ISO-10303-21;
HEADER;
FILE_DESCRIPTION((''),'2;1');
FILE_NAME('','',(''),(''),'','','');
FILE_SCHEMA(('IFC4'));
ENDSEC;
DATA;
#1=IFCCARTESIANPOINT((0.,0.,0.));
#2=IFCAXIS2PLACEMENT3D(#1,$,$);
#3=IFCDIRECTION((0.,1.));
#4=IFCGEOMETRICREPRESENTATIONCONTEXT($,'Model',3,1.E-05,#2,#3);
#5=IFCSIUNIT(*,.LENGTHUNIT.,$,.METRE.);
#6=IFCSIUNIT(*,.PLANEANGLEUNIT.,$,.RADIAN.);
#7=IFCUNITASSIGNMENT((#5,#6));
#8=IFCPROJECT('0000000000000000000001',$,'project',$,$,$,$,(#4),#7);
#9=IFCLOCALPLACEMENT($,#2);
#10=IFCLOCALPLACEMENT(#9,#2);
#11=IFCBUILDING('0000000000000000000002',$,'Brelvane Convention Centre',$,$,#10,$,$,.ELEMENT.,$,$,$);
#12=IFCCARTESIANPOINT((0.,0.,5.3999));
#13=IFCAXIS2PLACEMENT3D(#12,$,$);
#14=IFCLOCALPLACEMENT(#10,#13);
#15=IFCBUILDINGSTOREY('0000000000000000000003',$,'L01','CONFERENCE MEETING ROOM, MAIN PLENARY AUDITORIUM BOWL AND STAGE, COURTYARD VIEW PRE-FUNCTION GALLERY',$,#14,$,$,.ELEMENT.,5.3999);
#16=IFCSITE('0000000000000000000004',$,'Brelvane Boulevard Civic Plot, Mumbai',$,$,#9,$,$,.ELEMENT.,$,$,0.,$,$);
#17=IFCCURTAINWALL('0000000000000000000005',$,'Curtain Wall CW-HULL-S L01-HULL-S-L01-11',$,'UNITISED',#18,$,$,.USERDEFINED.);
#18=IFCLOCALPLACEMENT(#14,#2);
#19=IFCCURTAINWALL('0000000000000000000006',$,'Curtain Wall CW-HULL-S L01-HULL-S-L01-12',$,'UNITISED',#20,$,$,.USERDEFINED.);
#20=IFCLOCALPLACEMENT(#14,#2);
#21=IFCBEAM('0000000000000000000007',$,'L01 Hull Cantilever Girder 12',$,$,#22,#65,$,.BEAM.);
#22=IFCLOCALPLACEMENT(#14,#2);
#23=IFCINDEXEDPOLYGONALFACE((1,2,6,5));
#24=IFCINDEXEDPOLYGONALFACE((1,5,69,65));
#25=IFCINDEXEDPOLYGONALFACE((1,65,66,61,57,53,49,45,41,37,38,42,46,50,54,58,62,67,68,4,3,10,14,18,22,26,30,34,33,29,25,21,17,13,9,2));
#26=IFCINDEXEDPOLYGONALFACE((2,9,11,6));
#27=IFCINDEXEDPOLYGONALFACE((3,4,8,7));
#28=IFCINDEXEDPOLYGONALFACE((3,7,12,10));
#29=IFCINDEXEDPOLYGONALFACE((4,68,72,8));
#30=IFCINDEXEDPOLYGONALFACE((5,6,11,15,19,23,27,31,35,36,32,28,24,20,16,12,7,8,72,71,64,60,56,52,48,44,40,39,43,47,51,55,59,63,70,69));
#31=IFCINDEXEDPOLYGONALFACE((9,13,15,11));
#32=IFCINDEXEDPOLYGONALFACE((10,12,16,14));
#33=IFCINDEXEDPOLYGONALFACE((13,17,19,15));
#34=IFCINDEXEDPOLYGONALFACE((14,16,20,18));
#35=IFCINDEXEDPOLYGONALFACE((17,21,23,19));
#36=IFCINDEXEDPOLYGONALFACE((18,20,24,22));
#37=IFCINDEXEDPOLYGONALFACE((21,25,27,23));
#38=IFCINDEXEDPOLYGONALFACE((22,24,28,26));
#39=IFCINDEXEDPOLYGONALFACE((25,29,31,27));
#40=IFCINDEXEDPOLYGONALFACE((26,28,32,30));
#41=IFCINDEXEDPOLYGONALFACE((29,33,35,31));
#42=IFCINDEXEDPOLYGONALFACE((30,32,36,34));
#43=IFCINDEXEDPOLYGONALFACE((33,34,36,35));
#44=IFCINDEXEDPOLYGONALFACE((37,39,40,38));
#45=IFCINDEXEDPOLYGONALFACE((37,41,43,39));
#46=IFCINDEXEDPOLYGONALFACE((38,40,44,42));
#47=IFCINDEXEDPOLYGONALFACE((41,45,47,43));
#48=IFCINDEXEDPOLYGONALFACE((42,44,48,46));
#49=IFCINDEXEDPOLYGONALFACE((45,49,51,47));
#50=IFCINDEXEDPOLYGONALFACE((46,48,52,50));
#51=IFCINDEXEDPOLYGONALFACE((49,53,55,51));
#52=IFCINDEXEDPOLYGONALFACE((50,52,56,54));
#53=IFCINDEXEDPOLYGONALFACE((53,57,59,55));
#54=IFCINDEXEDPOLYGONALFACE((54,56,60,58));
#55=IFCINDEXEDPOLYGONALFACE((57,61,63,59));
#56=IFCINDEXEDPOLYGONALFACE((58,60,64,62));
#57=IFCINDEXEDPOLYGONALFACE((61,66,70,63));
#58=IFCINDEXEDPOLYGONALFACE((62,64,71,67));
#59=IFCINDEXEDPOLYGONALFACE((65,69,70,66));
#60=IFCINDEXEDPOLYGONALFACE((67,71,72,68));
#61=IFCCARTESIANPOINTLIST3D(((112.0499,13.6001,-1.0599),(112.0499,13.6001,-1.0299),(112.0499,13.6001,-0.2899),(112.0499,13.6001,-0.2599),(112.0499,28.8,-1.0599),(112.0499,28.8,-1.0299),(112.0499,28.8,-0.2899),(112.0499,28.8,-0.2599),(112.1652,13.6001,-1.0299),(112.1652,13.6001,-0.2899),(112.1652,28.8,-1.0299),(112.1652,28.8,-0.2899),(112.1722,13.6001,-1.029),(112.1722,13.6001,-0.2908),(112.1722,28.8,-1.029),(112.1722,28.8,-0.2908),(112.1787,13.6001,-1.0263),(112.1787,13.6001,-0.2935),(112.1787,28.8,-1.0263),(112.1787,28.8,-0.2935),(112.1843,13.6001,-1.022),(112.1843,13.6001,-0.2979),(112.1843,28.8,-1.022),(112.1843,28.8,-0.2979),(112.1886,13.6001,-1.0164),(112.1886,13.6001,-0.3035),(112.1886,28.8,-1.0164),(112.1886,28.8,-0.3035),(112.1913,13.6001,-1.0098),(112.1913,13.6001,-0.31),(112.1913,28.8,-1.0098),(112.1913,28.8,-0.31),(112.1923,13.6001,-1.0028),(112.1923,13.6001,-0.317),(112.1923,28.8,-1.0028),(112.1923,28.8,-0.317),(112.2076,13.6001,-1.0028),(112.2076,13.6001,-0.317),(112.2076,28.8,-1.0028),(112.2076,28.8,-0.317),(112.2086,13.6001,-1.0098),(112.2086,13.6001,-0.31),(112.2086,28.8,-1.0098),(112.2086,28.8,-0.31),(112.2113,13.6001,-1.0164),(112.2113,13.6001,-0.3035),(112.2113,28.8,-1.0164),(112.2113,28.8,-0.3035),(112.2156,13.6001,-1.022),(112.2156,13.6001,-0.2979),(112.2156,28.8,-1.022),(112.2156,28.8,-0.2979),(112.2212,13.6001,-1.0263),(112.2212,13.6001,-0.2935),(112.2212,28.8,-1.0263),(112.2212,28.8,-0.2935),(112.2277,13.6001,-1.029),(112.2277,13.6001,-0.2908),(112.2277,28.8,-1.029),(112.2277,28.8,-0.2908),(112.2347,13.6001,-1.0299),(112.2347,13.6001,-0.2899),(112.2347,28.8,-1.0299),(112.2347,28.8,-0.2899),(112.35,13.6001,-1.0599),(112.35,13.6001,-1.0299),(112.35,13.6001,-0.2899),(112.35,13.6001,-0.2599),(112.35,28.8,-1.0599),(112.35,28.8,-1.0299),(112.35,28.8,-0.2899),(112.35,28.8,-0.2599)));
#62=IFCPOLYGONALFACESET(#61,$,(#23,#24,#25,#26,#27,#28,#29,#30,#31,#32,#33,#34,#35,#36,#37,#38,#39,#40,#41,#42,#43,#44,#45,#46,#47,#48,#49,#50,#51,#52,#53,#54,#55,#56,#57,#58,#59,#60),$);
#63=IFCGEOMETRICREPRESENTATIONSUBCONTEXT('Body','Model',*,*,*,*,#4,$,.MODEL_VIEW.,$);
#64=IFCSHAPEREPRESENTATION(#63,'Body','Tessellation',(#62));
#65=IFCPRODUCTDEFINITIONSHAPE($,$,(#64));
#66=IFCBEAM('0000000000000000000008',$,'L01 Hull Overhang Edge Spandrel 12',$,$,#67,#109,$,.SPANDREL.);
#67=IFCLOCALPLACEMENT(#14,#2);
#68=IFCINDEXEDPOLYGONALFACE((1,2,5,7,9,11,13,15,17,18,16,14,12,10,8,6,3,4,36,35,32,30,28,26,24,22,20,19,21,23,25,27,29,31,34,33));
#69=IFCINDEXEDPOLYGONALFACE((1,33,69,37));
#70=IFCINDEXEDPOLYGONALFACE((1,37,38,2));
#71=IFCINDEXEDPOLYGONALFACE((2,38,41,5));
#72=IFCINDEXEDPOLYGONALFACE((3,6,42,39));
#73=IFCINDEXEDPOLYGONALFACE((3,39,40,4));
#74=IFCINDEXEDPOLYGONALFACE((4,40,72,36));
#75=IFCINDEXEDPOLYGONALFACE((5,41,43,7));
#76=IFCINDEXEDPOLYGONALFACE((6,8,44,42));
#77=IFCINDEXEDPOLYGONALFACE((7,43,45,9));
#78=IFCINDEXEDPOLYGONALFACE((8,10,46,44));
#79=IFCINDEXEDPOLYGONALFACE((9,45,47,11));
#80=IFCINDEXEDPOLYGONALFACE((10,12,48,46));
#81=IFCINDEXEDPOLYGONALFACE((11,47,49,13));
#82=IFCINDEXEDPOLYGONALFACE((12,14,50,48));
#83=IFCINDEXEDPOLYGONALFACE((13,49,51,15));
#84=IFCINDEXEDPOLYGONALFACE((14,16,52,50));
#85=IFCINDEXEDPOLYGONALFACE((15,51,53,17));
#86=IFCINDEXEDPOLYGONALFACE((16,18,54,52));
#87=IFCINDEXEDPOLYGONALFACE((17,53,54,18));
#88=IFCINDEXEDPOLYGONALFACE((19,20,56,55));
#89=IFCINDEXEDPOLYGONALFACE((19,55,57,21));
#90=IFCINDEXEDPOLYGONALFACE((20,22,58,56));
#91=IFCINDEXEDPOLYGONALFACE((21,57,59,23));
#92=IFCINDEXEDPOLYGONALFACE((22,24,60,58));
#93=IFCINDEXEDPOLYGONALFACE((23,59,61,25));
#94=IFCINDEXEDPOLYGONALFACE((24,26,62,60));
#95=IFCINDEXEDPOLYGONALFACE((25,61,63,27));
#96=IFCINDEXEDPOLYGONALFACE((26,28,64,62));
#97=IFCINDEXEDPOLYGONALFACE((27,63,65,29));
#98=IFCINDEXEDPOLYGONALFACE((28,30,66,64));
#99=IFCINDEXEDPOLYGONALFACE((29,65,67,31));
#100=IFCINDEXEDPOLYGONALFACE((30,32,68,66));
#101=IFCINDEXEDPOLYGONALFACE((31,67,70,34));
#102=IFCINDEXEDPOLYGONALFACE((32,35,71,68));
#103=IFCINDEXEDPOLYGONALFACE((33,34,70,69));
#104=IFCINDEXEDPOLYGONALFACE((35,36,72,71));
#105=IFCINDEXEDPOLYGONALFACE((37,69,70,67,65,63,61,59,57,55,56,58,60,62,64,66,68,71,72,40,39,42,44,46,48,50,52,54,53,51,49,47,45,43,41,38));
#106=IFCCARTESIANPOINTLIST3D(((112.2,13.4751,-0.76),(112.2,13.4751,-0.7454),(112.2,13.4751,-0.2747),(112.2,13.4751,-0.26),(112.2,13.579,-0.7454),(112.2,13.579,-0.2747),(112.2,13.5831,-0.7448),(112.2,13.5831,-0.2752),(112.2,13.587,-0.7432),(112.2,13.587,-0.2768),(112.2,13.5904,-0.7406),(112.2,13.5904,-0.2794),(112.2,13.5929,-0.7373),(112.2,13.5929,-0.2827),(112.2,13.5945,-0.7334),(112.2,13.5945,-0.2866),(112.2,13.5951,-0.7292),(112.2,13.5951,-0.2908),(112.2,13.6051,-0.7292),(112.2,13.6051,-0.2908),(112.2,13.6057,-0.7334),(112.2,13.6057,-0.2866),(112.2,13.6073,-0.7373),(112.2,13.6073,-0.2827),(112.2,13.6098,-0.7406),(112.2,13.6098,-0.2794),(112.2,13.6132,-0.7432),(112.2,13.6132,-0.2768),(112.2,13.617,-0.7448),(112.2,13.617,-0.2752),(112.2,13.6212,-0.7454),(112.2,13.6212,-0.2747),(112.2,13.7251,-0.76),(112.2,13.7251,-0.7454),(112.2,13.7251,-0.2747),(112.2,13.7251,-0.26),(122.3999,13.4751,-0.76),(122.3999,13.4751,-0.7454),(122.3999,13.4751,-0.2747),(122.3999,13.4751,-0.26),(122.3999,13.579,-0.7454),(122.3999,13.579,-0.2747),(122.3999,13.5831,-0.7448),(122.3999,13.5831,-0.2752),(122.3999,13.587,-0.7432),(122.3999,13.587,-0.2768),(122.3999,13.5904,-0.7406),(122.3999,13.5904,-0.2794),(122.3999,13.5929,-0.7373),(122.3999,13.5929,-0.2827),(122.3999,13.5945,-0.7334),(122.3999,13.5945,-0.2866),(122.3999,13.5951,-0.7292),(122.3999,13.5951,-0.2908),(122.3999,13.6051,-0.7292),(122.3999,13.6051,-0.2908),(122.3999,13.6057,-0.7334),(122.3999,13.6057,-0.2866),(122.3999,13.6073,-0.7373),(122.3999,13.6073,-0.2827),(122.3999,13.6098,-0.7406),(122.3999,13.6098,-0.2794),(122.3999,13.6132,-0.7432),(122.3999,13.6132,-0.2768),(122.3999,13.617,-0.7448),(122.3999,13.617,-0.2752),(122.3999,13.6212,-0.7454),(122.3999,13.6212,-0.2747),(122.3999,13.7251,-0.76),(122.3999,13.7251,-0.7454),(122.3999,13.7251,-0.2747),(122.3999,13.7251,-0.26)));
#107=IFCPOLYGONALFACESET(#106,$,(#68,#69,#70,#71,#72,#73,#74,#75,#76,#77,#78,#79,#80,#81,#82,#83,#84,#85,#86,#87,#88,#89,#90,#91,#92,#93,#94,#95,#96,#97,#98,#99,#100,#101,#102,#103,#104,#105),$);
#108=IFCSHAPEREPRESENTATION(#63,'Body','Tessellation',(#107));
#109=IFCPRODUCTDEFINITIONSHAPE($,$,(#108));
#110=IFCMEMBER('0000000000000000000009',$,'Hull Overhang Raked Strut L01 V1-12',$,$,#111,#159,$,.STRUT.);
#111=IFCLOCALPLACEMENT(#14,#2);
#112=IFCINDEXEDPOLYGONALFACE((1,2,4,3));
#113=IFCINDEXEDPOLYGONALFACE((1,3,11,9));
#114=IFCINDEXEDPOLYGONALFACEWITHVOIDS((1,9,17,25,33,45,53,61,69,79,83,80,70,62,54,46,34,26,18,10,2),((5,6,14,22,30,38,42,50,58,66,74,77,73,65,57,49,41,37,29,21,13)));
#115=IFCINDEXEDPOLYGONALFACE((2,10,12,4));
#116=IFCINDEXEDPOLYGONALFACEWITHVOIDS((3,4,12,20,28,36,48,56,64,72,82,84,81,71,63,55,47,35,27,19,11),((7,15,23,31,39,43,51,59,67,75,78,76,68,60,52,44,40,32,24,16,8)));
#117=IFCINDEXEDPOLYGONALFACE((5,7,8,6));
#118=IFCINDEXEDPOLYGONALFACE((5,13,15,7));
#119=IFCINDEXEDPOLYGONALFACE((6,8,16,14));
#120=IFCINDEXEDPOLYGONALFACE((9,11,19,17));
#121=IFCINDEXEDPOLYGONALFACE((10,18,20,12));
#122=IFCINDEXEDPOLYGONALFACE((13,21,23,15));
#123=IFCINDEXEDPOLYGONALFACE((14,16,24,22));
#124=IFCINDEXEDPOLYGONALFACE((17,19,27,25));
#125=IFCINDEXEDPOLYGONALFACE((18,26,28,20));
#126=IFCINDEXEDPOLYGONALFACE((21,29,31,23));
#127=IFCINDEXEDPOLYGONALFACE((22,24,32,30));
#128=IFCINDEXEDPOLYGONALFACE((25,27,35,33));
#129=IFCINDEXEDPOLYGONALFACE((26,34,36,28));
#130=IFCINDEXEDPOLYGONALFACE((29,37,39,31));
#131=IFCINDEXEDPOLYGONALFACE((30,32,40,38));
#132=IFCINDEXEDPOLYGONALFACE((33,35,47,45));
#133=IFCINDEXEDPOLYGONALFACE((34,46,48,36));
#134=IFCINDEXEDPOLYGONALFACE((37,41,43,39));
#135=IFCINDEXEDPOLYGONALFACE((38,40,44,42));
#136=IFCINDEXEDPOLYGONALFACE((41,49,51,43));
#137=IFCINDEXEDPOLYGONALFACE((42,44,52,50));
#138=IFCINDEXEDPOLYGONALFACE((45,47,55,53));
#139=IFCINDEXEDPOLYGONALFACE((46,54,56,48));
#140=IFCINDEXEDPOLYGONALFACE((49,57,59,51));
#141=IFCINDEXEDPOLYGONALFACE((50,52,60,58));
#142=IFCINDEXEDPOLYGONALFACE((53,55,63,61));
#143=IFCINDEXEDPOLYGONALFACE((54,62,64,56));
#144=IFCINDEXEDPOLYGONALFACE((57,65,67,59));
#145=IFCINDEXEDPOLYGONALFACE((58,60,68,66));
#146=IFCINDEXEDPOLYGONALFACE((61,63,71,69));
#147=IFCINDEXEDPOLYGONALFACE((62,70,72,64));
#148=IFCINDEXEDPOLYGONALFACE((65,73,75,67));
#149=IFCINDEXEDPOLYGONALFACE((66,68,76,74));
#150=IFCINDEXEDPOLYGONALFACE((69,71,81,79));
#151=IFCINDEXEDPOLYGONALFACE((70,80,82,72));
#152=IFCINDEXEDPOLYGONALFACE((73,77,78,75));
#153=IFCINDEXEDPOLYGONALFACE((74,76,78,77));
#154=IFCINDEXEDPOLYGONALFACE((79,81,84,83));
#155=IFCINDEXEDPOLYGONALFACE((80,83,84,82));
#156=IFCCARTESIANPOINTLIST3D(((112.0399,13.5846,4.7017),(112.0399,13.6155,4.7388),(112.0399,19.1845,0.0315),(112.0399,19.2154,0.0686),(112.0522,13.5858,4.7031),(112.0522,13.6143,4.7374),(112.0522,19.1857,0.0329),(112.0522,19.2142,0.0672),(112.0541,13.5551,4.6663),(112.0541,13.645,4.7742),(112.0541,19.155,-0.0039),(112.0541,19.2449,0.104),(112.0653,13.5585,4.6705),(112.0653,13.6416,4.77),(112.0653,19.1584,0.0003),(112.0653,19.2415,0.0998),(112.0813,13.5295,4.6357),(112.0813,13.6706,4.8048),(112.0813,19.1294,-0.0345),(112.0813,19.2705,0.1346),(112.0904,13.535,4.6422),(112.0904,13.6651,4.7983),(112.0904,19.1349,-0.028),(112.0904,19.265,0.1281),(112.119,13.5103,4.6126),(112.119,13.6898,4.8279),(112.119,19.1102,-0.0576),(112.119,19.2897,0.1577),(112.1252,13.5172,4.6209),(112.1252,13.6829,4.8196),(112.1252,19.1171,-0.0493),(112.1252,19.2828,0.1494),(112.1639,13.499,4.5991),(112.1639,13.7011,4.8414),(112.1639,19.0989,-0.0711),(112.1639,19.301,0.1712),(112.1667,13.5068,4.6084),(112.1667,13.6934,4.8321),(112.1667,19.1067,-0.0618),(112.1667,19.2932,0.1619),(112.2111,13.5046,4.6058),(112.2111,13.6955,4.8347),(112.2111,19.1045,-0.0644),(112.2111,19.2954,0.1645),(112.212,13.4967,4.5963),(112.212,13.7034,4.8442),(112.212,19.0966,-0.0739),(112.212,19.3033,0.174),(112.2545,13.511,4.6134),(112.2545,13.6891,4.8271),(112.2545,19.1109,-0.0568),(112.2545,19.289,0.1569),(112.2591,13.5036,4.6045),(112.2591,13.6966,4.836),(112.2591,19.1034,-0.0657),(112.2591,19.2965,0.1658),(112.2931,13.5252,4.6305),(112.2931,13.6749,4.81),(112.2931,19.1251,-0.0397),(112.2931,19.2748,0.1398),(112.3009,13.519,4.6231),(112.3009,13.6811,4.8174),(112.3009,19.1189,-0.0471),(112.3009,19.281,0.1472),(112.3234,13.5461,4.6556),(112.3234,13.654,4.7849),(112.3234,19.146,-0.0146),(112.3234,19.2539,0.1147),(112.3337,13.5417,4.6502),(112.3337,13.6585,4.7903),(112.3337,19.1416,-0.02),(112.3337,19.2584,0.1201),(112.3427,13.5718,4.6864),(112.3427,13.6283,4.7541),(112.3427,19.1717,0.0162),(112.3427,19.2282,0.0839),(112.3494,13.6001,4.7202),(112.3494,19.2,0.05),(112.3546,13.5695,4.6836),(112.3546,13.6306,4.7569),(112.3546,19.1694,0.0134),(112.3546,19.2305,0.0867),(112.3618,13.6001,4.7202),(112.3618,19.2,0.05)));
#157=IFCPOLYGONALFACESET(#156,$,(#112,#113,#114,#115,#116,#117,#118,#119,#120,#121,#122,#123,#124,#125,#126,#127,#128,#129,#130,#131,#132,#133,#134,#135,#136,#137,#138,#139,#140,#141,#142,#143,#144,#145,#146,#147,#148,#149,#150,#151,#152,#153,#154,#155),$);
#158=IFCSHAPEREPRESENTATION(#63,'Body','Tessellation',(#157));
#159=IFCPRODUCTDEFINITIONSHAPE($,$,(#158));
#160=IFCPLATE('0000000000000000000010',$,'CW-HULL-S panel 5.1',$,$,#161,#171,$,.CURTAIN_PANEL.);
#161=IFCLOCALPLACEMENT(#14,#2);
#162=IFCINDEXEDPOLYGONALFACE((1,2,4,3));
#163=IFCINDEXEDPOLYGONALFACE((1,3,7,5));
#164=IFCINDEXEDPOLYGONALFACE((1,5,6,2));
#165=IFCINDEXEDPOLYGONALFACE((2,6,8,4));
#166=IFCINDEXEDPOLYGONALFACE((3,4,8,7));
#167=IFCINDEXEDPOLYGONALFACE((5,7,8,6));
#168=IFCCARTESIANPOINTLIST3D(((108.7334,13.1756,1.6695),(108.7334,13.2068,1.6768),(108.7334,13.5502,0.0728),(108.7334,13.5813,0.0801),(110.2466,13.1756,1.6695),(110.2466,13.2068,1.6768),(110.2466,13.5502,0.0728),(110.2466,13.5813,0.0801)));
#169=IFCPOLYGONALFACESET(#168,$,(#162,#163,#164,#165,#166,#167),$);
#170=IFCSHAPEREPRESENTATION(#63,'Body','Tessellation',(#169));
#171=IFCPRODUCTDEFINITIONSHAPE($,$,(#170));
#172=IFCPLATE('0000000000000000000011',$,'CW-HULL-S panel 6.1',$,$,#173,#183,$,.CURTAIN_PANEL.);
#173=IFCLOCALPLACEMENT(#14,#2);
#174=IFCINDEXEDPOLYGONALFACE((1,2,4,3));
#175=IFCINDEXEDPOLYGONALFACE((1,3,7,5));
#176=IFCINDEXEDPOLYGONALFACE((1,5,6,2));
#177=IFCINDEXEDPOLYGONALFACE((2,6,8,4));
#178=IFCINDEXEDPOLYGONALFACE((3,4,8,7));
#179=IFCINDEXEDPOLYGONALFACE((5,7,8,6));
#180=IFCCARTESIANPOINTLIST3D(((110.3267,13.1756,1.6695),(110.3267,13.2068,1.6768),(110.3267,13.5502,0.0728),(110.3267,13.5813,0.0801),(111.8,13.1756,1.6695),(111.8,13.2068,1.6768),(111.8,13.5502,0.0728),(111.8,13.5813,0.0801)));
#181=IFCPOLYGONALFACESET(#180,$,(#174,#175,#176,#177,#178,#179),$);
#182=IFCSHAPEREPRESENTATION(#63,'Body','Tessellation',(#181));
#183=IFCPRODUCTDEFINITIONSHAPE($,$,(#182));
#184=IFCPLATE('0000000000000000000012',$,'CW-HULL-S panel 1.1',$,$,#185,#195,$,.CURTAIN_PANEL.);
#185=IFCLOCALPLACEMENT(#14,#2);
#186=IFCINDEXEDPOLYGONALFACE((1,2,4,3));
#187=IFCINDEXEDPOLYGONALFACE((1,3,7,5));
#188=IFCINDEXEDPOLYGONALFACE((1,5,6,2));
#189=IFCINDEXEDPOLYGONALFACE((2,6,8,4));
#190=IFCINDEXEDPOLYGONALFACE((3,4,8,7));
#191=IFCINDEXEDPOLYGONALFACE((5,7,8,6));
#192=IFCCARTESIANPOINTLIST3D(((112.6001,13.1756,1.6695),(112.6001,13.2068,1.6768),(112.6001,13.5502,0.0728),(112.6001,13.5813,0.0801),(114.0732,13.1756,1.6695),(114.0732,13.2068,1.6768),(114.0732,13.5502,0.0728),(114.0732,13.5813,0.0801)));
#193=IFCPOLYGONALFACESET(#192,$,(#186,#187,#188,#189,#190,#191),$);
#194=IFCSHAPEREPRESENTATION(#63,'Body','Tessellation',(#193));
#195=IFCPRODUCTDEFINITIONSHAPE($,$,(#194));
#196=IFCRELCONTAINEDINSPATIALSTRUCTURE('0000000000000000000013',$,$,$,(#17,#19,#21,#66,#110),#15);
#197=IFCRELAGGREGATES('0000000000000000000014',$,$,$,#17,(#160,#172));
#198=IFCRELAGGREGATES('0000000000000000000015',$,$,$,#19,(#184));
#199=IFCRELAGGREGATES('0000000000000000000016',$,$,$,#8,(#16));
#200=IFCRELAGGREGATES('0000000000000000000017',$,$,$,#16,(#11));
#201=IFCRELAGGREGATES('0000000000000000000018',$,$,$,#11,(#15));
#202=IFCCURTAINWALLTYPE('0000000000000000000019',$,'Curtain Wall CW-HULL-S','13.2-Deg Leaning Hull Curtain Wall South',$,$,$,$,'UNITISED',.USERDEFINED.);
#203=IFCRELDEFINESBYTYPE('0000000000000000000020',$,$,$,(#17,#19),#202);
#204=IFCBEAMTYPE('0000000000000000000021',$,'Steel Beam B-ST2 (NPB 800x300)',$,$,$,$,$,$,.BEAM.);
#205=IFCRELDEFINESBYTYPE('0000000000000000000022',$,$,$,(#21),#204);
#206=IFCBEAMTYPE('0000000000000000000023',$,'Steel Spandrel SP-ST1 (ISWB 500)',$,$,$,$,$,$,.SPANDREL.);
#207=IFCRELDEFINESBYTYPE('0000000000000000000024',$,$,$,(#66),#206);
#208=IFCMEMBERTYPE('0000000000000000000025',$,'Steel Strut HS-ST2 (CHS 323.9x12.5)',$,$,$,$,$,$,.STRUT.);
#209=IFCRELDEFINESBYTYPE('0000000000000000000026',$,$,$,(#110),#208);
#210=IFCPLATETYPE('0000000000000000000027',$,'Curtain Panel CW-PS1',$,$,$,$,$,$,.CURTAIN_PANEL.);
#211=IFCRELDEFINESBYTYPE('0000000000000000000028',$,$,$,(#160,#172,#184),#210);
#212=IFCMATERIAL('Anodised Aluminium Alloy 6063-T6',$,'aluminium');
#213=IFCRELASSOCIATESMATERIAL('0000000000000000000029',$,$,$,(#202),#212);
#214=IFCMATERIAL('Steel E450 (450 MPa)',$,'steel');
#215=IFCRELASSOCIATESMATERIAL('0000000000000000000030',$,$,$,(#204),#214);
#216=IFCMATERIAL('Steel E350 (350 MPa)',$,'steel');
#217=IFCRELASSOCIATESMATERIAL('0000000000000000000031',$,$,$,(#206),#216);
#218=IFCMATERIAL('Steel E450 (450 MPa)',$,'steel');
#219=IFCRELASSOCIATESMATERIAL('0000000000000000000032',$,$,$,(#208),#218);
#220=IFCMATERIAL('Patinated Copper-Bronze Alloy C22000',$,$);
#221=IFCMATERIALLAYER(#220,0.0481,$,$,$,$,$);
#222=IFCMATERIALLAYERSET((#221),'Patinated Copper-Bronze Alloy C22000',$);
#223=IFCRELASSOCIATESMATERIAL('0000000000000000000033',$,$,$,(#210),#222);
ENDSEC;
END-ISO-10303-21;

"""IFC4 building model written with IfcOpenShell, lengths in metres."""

from ifc_helpers import new_model, si_unit, direction, frame, origin, origin_2d, place, context, subcontext, project, spatial, polyline, hollow_circle, i_section, outline, extrude, material, layer, layer_set, material_profile, profile_set, type_object, element, aggregate, save


model = new_model("IFC4")

# Units and contexts
model_context = context("Model", 3, precision=1e-05, world=origin(), true_north=direction((0.0, 1.0)))
body_context = subcontext(model_context, "Body", "Model", "MODEL_VIEW")
ifc_project = project(units=[si_unit("LENGTHUNIT", "METRE"), si_unit("PLANEANGLEUNIT", "RADIAN")], contexts=[model_context])

# Site, building, storey
site_placement = place(None, origin())
site = spatial("IfcSite", under=ifc_project, at=site_placement, Name="Brelvane Boulevard Civic Plot, Mumbai", CompositionType="ELEMENT", RefElevation=0.0)
building_placement = place(site_placement, origin())
building = spatial("IfcBuilding", under=site, at=building_placement, Name="Brelvane Convention Centre", CompositionType="ELEMENT")
storey_placement = place(building_placement, frame((0.0, 0.0, 5.3999)))
storey = spatial("IfcBuildingStorey", under=building, at=storey_placement, Name="L01", Description="CONFERENCE MEETING ROOM, MAIN PLENARY AUDITORIUM BOWL AND STAGE, COURTYARD VIEW PRE-FUNCTION GALLERY", CompositionType="ELEMENT", Elevation=5.3999)

# Curtain walls
ifc_material_1 = material(Name="Anodised Aluminium Alloy 6063-T6", Category="aluminium")
curtain_wall_type = type_object("IfcCurtainWallType", Name="Curtain Wall CW-HULL-S", Description="13.2-Deg Leaning Hull Curtain Wall South", ElementType="UNITISED", PredefinedType="USERDEFINED", material=ifc_material_1)
curtain_wall_1_placement = place(storey_placement, origin())
curtain_wall_1 = element("IfcCurtainWall", 1, at=curtain_wall_1_placement, inside=storey, type_object=curtain_wall_type, Name="Curtain Wall CW-HULL-S L01-HULL-S-L01-11", ObjectType="UNITISED", PredefinedType="USERDEFINED")
curtain_wall_2_placement = place(storey_placement, origin())
curtain_wall_2 = element("IfcCurtainWall", 2, at=curtain_wall_2_placement, inside=storey, type_object=curtain_wall_type, Name="Curtain Wall CW-HULL-S L01-HULL-S-L01-12", ObjectType="UNITISED", PredefinedType="USERDEFINED")

# Beams
ifc_material_2 = material(Name="Steel E450 (450 MPa)", Category="steel")
ifc_material_profile_1 = material_profile(ifc_material_2, i_section(OverallWidth=0.3, OverallDepth=0.8, WebThickness=0.0154, FlangeThickness=0.03, FilletRadius=0.0271, at=origin_2d()), Name="NPB 800x300")
ifc_profile_set_1 = profile_set([ifc_material_profile_1], Name="Steel E450 (450 MPa)")
beam_type_1 = type_object("IfcBeamType", Name="Steel Beam B-ST2 (NPB 800x300)", PredefinedType="BEAM", material=ifc_profile_set_1)
beam_1_placement = place(storey_placement, frame((112.2, 13.6001, -0.6599), z_axis=(0.0, 1.0, 0.0), x_axis=(-1.0, 0.0, 0.0)))
element("IfcBeam", 3, at=beam_1_placement, inside=storey, type_object=beam_type_1, Name="L01 Hull Cantilever Girder 12", PredefinedType="BEAM", context=body_context, shape_type="SweptSolid", body=[
    extrude(i_section(OverallWidth=0.3, OverallDepth=0.8, WebThickness=0.0154, FlangeThickness=0.03, FilletRadius=0.0271, at=origin_2d()), origin(), (0.0, 0.0, 1.0), 15.2),
])
ifc_material_3 = material(Name="Steel E350 (350 MPa)", Category="steel")
ifc_material_profile_2 = material_profile(ifc_material_3, i_section(OverallWidth=0.25, OverallDepth=0.5, WebThickness=0.01, FlangeThickness=0.0146, FilletRadius=0.0161, at=origin_2d()), Name="ISWB 500")
ifc_profile_set_2 = profile_set([ifc_material_profile_2], Name="Steel E350 (350 MPa)")
beam_type_2 = type_object("IfcBeamType", Name="Steel Spandrel SP-ST1 (ISWB 500)", PredefinedType="SPANDREL", material=ifc_profile_set_2)
beam_2_placement = place(storey_placement, frame((112.2, 13.6001, -0.51), z_axis=(1.0, 0.0, 0.0), x_axis=(0.0, 1.0, 0.0)))
element("IfcBeam", 4, at=beam_2_placement, inside=storey, type_object=beam_type_2, Name="L01 Hull Overhang Edge Spandrel 12", PredefinedType="SPANDREL", context=body_context, shape_type="SweptSolid", body=[
    extrude(i_section(OverallWidth=0.25, OverallDepth=0.5, WebThickness=0.01, FlangeThickness=0.0146, FilletRadius=0.0161, at=origin_2d()), origin(), (0.0, 0.0, 1.0), 10.2),
])

# Member
ifc_material_4 = material(Name="Steel E450 (450 MPa)", Category="steel")
ifc_material_profile_3 = material_profile(ifc_material_4, hollow_circle(Radius=0.1619, WallThickness=0.0125, at=origin_2d()), Name="CHS 323.9x12.5")
ifc_profile_set_3 = profile_set([ifc_material_profile_3], Name="Steel E450 (450 MPa)")
member_type_1 = type_object("IfcMemberType", Name="Steel Strut HS-ST2 (CHS 323.9x12.5)", PredefinedType="STRUT", material=ifc_profile_set_3)
member_1_placement = place(storey_placement, frame((112.2, 19.2, 0.05), z_axis=(0.0, -0.767977, 0.640477), x_axis=(1.0, 0.0, 0.0)))
element("IfcMember", 5, at=member_1_placement, inside=storey, type_object=member_type_1, Name="Hull Overhang Raked Strut L01 V1-12", PredefinedType="STRUT", context=body_context, shape_type="SweptSolid", body=[
    extrude(hollow_circle(Radius=0.1619, WallThickness=0.0125, at=origin_2d()), origin(), (0.0, 0.0, 1.0), 7.2917),
])

# Plates
ifc_material_5 = material(Name="Patinated Copper-Bronze Alloy C22000")
ifc_layer_1 = layer(ifc_material_5, 0.0481)
ifc_layer_set_1 = layer_set([ifc_layer_1], Name="Patinated Copper-Bronze Alloy C22000")
plate_type_1 = type_object("IfcPlateType", Name="Curtain Panel CW-PS1", PredefinedType="CURTAIN_PANEL", material=ifc_layer_set_1)
plate_1_placement = place(storey_placement, frame((108.7334, 13.5813, 0.0801), z_axis=(0.0, 0.973577, 0.228359), x_axis=(1.0, 0.0, 0.0)))
plate_1 = element("IfcPlate", 6, at=plate_1_placement, type_object=plate_type_1, Name="CW-HULL-S panel 5.1", PredefinedType="CURTAIN_PANEL", context=body_context, shape_type="SweptSolid", body=[
    extrude(outline(polyline([(0.0, 0.0), (1.5132, 0.0), (1.5132, -1.64), (0.0, -1.64), (0.0, 0.0)])), origin(), (0.0, 0.0, -1.0), 0.032),
])
plate_2_placement = place(storey_placement, frame((110.3267, 13.5813, 0.0801), z_axis=(0.0, 0.973577, 0.228359), x_axis=(1.0, 0.0, 0.0)))
plate_2 = element("IfcPlate", 7, at=plate_2_placement, type_object=plate_type_1, Name="CW-HULL-S panel 6.1", PredefinedType="CURTAIN_PANEL", context=body_context, shape_type="SweptSolid", body=[
    extrude(outline(polyline([(0.0, 0.0), (1.4734, 0.0), (1.4734, -1.64), (0.0, -1.64), (0.0, 0.0)])), origin(), (0.0, 0.0, -1.0), 0.032),
])
aggregate(curtain_wall_1, [plate_1, plate_2])
plate_3_placement = place(storey_placement, frame((112.6001, 13.5813, 0.0801), z_axis=(0.0, 0.973577, 0.228359), x_axis=(1.0, 0.0, 0.0)))
plate_3 = element("IfcPlate", 8, at=plate_3_placement, type_object=plate_type_1, Name="CW-HULL-S panel 1.1", PredefinedType="CURTAIN_PANEL", context=body_context, shape_type="SweptSolid", body=[
    extrude(outline(polyline([(0.0, 0.0), (1.4731, 0.0), (1.4731, -1.64), (0.0, -1.64), (0.0, 0.0)])), origin(), (0.0, 0.0, -1.0), 0.032),
])
aggregate(curtain_wall_2, [plate_3])

save(model, "model.ifc")
